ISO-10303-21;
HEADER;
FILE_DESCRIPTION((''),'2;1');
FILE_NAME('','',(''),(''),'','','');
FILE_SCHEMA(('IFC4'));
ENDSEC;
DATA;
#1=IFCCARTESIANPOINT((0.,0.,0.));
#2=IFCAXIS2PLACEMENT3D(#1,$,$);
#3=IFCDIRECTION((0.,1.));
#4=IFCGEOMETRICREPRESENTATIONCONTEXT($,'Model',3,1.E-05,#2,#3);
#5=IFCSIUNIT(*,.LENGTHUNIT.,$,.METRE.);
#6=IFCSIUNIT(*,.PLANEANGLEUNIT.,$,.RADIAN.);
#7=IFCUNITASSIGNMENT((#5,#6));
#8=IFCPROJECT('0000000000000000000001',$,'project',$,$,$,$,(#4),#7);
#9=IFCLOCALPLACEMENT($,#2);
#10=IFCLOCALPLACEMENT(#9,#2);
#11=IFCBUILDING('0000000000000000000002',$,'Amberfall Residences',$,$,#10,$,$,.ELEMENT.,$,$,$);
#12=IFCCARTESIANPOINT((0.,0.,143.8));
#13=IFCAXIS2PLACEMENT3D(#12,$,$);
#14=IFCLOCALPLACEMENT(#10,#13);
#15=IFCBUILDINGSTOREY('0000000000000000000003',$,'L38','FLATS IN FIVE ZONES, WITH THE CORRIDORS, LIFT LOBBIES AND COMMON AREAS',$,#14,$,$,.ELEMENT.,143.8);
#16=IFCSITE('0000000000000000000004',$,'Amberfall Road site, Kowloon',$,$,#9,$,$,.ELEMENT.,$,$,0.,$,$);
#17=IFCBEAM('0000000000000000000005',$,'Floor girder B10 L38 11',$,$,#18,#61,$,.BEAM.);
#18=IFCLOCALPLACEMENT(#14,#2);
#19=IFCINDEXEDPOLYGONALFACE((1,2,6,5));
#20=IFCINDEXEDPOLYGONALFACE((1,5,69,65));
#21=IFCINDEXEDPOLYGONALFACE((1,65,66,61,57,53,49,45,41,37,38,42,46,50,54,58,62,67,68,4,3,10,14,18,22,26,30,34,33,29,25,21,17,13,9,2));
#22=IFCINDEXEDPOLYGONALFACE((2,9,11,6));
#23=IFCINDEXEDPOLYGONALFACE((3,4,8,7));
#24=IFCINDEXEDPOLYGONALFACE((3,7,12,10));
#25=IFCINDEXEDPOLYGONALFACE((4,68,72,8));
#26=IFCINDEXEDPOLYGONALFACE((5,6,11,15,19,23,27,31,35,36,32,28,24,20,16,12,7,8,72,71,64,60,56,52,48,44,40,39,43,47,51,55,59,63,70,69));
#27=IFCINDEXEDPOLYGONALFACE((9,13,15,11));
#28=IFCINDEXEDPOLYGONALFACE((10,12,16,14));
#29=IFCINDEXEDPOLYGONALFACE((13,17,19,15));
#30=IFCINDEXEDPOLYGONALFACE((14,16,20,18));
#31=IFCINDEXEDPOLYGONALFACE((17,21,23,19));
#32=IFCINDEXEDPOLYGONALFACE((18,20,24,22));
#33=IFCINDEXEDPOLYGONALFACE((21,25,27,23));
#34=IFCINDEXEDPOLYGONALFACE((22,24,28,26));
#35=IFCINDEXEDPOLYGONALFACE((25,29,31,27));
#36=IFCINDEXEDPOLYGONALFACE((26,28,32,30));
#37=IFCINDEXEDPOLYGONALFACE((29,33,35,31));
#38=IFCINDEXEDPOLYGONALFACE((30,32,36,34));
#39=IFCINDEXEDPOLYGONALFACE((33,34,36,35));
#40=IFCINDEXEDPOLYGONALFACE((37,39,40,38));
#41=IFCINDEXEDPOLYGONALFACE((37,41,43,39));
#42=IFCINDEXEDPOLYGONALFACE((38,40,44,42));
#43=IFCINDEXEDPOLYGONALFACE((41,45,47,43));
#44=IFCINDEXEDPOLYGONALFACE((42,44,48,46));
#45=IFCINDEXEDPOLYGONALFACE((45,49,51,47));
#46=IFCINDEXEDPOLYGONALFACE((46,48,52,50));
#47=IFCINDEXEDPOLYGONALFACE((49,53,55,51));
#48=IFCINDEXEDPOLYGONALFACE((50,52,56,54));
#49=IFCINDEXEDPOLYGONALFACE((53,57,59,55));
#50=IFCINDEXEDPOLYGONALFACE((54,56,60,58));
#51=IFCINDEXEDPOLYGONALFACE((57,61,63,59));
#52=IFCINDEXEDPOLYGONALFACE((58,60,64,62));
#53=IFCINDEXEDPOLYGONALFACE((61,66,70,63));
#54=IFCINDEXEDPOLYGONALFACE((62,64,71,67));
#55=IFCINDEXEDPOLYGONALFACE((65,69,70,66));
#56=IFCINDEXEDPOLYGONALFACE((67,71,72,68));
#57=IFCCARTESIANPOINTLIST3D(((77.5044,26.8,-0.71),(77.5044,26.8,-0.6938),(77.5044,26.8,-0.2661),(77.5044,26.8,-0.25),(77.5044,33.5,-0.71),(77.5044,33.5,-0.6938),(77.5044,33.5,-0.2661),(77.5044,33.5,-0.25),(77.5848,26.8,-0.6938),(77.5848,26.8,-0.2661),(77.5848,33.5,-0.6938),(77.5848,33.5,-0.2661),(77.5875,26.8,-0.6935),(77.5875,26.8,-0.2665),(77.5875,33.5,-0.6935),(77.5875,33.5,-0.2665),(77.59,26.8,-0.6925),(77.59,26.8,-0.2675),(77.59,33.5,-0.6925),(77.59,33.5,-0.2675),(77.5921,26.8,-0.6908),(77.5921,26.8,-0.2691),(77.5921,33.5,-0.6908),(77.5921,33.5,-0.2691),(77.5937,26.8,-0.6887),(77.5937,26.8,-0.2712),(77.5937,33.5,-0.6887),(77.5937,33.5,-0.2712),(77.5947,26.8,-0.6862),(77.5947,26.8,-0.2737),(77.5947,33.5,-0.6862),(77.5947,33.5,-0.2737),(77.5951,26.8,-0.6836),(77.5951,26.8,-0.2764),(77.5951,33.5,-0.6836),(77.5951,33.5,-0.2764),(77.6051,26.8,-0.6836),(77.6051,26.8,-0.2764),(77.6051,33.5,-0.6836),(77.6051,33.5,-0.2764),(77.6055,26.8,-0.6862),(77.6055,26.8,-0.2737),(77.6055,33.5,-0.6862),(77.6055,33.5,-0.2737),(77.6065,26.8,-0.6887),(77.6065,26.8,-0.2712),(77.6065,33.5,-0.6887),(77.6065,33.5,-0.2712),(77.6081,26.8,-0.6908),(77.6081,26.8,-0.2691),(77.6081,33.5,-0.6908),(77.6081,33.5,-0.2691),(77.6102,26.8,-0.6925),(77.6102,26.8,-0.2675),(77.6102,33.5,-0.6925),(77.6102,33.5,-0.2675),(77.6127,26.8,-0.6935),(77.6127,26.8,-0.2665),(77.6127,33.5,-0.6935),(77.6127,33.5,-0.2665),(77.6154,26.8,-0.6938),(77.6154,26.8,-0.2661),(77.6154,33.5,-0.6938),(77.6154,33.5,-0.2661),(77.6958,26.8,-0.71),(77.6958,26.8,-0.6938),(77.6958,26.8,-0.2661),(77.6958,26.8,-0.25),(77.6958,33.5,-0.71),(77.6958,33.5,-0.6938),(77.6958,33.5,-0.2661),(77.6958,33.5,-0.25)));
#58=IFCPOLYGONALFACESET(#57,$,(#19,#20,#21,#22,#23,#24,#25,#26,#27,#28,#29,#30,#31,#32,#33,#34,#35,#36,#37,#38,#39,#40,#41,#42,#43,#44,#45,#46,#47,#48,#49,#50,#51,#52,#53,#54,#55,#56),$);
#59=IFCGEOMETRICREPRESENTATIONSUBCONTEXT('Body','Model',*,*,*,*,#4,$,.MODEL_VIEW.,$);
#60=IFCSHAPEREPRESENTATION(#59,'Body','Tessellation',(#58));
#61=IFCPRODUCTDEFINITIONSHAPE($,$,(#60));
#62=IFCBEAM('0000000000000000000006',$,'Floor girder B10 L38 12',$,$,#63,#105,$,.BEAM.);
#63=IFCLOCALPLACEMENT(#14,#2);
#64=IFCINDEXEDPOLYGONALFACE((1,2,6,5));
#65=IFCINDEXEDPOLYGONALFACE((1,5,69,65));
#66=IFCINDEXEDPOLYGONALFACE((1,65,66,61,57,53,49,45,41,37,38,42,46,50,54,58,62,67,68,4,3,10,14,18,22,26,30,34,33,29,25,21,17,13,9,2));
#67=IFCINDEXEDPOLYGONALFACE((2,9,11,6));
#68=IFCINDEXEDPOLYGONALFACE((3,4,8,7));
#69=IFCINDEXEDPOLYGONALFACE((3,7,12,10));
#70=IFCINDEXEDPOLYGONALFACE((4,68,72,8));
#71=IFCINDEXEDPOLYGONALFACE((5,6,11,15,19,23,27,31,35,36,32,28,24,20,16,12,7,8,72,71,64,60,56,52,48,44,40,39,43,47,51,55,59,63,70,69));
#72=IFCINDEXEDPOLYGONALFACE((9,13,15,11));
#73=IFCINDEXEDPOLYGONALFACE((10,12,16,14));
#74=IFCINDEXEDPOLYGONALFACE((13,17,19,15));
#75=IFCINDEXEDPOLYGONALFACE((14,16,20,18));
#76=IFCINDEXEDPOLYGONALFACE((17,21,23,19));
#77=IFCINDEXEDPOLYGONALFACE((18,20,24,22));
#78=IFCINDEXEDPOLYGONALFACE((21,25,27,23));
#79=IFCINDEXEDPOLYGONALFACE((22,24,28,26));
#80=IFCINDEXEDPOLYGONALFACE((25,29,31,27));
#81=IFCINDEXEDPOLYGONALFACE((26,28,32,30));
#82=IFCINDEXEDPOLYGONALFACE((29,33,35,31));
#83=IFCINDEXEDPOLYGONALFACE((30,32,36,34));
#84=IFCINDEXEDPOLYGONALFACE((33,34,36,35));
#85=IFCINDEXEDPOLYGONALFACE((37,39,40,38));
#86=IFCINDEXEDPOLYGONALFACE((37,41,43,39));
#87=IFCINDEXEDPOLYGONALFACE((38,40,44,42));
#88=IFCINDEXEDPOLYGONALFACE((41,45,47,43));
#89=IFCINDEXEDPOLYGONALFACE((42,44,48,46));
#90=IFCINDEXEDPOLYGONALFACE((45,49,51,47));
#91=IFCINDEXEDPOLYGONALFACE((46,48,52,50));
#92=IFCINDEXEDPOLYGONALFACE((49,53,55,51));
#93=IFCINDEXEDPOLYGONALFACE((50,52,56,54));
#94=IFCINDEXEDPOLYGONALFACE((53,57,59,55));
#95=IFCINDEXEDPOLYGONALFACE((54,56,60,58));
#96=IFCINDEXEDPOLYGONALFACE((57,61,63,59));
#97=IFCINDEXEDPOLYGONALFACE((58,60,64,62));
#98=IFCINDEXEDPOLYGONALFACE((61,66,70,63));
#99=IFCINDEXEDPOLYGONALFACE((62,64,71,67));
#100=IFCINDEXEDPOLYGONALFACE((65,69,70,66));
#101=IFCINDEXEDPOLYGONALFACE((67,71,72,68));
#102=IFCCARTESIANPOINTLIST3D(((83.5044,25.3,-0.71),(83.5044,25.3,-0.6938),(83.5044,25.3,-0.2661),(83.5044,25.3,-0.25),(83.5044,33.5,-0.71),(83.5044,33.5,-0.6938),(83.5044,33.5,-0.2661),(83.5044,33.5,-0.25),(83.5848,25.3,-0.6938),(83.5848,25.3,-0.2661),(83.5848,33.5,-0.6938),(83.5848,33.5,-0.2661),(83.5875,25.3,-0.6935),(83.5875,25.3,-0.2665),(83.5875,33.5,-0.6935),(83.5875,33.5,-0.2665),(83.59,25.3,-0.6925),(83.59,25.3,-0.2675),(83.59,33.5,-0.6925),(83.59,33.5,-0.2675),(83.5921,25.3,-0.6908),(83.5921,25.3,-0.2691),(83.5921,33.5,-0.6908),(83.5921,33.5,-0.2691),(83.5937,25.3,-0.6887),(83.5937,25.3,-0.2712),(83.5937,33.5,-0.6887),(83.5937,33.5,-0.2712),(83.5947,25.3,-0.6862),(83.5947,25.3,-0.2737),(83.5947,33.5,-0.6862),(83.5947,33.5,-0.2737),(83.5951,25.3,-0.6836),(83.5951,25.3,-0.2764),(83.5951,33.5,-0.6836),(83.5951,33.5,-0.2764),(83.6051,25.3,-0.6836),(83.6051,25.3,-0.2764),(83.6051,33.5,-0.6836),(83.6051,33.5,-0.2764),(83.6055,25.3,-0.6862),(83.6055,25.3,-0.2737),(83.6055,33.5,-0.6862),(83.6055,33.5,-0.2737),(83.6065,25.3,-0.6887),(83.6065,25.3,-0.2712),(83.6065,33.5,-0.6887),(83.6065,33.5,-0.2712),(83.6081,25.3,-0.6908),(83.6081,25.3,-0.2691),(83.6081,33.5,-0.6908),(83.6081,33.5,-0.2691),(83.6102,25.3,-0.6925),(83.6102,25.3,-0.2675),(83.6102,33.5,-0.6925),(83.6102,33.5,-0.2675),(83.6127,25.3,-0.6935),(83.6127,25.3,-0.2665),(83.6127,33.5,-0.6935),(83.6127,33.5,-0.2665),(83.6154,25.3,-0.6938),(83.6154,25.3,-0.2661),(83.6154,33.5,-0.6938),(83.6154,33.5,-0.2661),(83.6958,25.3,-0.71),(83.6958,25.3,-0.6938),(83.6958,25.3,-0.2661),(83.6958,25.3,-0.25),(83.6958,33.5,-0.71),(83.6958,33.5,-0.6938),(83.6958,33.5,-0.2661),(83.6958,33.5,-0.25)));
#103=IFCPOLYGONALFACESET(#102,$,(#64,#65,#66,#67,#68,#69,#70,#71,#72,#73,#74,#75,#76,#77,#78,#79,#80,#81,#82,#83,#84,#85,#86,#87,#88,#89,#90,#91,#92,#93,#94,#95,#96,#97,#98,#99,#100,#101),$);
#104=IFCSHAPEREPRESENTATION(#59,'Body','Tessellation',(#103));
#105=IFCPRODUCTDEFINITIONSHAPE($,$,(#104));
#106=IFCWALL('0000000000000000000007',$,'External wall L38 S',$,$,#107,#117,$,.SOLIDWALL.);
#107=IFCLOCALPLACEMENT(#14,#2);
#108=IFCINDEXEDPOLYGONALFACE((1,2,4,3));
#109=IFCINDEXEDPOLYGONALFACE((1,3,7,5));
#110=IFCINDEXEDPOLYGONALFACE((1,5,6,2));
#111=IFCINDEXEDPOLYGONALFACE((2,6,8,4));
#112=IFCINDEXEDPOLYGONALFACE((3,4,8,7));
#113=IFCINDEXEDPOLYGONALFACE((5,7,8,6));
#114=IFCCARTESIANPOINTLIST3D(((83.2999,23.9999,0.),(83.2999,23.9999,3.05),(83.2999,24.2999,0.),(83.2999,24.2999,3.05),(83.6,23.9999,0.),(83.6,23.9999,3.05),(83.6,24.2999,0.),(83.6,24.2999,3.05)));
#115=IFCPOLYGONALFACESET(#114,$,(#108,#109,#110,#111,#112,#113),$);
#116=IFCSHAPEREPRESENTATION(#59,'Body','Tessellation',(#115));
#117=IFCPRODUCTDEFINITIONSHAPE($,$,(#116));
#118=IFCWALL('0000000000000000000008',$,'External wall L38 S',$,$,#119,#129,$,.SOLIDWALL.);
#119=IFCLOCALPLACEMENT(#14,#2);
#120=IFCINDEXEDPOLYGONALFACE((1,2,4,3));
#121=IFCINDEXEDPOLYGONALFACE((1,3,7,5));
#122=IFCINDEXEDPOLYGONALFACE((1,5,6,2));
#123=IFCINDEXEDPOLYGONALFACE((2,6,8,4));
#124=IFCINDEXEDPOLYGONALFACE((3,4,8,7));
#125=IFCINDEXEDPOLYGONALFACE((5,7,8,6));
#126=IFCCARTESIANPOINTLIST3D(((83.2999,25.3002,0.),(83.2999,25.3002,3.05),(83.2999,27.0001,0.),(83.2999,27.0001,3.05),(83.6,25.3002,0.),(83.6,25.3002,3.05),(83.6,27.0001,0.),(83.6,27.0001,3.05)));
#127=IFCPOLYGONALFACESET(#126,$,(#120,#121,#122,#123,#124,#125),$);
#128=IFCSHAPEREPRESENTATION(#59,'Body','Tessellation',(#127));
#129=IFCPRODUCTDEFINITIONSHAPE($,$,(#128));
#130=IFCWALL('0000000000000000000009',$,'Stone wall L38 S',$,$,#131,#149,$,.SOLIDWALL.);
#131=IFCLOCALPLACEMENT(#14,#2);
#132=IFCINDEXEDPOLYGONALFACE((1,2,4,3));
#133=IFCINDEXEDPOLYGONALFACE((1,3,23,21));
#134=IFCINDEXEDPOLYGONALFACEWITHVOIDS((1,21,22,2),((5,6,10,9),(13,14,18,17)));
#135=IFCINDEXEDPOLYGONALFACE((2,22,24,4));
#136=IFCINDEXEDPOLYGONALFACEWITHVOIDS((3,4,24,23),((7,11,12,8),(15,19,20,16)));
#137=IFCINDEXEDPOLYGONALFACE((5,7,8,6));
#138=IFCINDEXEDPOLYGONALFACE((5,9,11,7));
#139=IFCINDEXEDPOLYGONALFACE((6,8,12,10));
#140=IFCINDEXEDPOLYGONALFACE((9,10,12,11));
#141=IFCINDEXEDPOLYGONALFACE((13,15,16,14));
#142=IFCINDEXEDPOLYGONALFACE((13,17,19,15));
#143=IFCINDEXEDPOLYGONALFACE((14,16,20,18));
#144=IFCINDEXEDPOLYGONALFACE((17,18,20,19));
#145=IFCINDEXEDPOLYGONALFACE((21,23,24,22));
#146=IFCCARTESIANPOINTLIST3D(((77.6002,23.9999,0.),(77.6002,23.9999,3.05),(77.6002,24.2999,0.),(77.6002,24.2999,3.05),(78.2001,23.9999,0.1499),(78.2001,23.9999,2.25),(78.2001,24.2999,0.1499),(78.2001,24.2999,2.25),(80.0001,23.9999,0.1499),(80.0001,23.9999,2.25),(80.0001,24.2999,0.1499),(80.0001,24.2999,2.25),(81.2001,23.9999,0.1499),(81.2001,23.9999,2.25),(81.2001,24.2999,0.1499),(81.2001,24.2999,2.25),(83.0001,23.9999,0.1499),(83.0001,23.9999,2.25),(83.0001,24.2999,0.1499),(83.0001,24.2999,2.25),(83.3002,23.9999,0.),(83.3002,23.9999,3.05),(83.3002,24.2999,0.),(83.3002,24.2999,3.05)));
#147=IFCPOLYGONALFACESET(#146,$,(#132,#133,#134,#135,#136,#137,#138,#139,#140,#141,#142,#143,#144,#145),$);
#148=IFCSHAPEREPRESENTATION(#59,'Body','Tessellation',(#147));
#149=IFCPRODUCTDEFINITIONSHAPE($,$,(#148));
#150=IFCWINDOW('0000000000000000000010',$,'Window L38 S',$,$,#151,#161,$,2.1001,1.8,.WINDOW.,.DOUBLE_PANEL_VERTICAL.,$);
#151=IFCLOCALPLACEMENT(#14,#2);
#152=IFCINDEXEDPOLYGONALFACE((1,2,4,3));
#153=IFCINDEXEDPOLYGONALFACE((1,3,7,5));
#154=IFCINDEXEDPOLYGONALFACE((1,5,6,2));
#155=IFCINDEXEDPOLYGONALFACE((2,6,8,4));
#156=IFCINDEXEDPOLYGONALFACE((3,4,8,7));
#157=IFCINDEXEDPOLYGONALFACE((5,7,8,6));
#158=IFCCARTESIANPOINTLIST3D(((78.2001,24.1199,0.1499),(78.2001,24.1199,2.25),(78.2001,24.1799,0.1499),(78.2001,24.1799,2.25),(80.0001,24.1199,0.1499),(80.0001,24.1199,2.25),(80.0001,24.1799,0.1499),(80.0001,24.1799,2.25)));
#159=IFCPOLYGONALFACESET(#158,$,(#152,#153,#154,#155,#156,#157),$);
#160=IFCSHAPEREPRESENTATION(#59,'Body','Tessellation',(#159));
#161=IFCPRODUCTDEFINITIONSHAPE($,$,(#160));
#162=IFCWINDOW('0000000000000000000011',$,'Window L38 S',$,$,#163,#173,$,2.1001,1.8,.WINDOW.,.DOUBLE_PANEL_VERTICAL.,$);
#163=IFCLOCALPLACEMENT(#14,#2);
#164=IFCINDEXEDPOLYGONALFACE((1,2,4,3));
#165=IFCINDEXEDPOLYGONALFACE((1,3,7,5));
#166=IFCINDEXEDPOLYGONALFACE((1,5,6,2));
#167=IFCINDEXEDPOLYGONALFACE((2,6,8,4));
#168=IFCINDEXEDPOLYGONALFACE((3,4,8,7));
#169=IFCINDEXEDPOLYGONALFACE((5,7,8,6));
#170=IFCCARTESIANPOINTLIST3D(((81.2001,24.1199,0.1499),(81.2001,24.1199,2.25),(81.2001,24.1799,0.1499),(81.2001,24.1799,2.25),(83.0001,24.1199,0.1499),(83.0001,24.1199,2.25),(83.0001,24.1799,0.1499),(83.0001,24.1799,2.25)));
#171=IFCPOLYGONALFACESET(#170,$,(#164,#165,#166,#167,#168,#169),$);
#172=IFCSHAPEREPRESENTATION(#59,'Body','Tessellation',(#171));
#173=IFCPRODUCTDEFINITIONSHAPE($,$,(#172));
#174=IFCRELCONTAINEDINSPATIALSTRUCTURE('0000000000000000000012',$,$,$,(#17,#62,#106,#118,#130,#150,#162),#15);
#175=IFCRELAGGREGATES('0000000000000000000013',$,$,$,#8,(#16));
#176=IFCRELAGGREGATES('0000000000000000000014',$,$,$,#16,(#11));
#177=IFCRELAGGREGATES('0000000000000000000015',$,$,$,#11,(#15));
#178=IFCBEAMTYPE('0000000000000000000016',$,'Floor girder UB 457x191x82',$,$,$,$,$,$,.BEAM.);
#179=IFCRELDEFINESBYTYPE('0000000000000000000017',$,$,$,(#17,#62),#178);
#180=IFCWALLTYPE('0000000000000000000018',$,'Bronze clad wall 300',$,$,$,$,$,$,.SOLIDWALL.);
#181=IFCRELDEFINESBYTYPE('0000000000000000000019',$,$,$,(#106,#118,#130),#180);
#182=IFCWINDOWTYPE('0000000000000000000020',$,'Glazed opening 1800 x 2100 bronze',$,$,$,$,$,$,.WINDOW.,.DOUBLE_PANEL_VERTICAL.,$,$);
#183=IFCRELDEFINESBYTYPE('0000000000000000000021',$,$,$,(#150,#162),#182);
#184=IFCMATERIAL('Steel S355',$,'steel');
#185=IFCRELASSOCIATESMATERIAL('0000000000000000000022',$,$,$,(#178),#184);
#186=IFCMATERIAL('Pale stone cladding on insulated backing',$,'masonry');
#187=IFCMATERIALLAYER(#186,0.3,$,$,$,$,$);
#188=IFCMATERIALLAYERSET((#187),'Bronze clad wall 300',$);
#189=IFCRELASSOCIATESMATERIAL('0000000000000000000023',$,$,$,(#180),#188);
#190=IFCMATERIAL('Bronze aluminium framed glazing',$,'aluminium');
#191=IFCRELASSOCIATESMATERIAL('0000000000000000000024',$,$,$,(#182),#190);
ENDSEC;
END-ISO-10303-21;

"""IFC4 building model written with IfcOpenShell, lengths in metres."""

from ifc_helpers import new_model, si_unit, direction, frame, frame_2d, origin, origin_2d, place, context, subcontext, project, spatial, rectangle, i_section, extrude, material, layer, layer_set, material_profile, profile_set, type_object, element, fill, save


model = new_model("IFC4")

# Units and contexts
model_context = context("Model", 3, precision=1e-05, world=origin(), true_north=direction((0.0, 1.0)))
body_context = subcontext(model_context, "Body", "Model", "MODEL_VIEW")
ifc_project = project(units=[si_unit("LENGTHUNIT", "METRE"), si_unit("PLANEANGLEUNIT", "RADIAN")], contexts=[model_context])

# Site, building, storey
site_placement = place(None, origin())
site = spatial("IfcSite", under=ifc_project, at=site_placement, Name="Amberfall Road site, Kowloon", CompositionType="ELEMENT", RefElevation=0.0)
building_placement = place(site_placement, origin())
building = spatial("IfcBuilding", under=site, at=building_placement, Name="Amberfall Residences", CompositionType="ELEMENT")
storey_placement = place(building_placement, frame((0.0, 0.0, 143.8)))
storey = spatial("IfcBuildingStorey", under=building, at=storey_placement, Name="L38", Description="FLATS IN FIVE ZONES, WITH THE CORRIDORS, LIFT LOBBIES AND COMMON AREAS", CompositionType="ELEMENT", Elevation=143.8)

# Beams
ifc_material_1 = material(Name="Steel S355", Category="steel")
ifc_material_profile_1 = material_profile(ifc_material_1, i_section(OverallWidth=0.1914, OverallDepth=0.46, WebThickness=0.01, FlangeThickness=0.0161, FilletRadius=0.0103, at=origin_2d()), Name="UB 457x191x82")
ifc_profile_set_1 = profile_set([ifc_material_profile_1], Name="Steel S355")
beam_type_1 = type_object("IfcBeamType", Name="Floor girder UB 457x191x82", PredefinedType="BEAM", material=ifc_profile_set_1)
beam_1_placement = place(storey_placement, frame((77.6001, 26.8, -0.48), z_axis=(0.0, 1.0, 0.0), x_axis=(-1.0, 0.0, 0.0)))
element("IfcBeam", 1, at=beam_1_placement, inside=storey, type_object=beam_type_1, Name="Floor girder B10 L38 11", PredefinedType="BEAM", context=body_context, shape_type="SweptSolid", body=[
    extrude(i_section(OverallWidth=0.1914, OverallDepth=0.46, WebThickness=0.01, FlangeThickness=0.0161, FilletRadius=0.0103, at=origin_2d()), origin(), (0.0, 0.0, 1.0), 6.7),
])
beam_2_placement = place(storey_placement, frame((83.6001, 25.3, -0.48), z_axis=(0.0, 1.0, 0.0), x_axis=(-1.0, 0.0, 0.0)))
element("IfcBeam", 2, at=beam_2_placement, inside=storey, type_object=beam_type_1, Name="Floor girder B10 L38 12", PredefinedType="BEAM", context=body_context, shape_type="SweptSolid", body=[
    extrude(i_section(OverallWidth=0.1914, OverallDepth=0.46, WebThickness=0.01, FlangeThickness=0.0161, FilletRadius=0.0103, at=origin_2d()), origin(), (0.0, 0.0, 1.0), 8.2),
])

# Walls
ifc_material_2 = material(Name="Pale stone cladding on insulated backing", Category="masonry")
ifc_layer_1 = layer(ifc_material_2, 0.3)
ifc_layer_set_1 = layer_set([ifc_layer_1], Name="Bronze clad wall 300")
wall_type_1 = type_object("IfcWallType", Name="Bronze clad wall 300", PredefinedType="SOLIDWALL", material=ifc_layer_set_1)
wall_1_placement = place(storey_placement, frame((83.45, 24.0, 0.0), z_axis=(0.0, 0.0, 1.0), x_axis=(0.0, 1.0, 0.0)))
element("IfcWall", 3, at=wall_1_placement, inside=storey, type_object=wall_type_1, Name="External wall L38 S", PredefinedType="SOLIDWALL", context=body_context, shape_type="SweptSolid", body=[
    extrude(rectangle(XDim=0.3, YDim=0.3, at=frame_2d((0.1499, 0.0))), origin(), (0.0, 0.0, 1.0), 3.05),
])
wall_2_placement = place(storey_placement, frame((83.45, 25.3, 0.0), z_axis=(0.0, 0.0, 1.0), x_axis=(0.0, 1.0, 0.0)))
element("IfcWall", 4, at=wall_2_placement, inside=storey, type_object=wall_type_1, Name="External wall L38 S", PredefinedType="SOLIDWALL", context=body_context, shape_type="SweptSolid", body=[
    extrude(rectangle(XDim=1.7, YDim=0.3, at=frame_2d((0.8501, 0.0))), origin(), (0.0, 0.0, 1.0), 3.05),
])

# Wall, openings, windows
wall_3_placement = place(storey_placement, frame((77.6001, 24.1499, 0.0), z_axis=(0.0, 0.0, 1.0), x_axis=(1.0, 0.0, 0.0)))
wall_3 = element("IfcWall", 5, at=wall_3_placement, inside=storey, type_object=wall_type_1, Name="Stone wall L38 S", PredefinedType="SOLIDWALL", context=body_context, shape_type="SweptSolid", body=[
    extrude(rectangle(XDim=5.7, YDim=0.3, at=frame_2d((2.8501, 0.0))), origin(), (0.0, 0.0, 1.0), 3.05),
])
opening_1_placement = place(wall_3_placement, frame((0.6001, 0.0, 0.1499)))
opening_1 = element("IfcOpeningElement", 6, at=opening_1_placement, cuts=wall_3, PredefinedType="OPENING", context=body_context, shape_type="SweptSolid", body=[
    extrude(rectangle(XDim=1.8, YDim=2.1001, at=frame_2d((0.8999, 1.05))), frame((0.0, 0.1599, 0.0), z_axis=(0.0, -1.0, 0.0), x_axis=(1.0, 0.0, 0.0)), (0.0, 0.0, 1.0), 0.3201),
])
opening_2_placement = place(wall_3_placement, frame((3.6001, 0.0, 0.1499)))
opening_2 = element("IfcOpeningElement", 7, at=opening_2_placement, cuts=wall_3, PredefinedType="OPENING", context=body_context, shape_type="SweptSolid", body=[
    extrude(rectangle(XDim=1.8, YDim=2.1001, at=frame_2d((0.8999, 1.05))), frame((0.0, 0.1599, 0.0), z_axis=(0.0, -1.0, 0.0), x_axis=(1.0, 0.0, 0.0)), (0.0, 0.0, 1.0), 0.3201),
])
ifc_material_3 = material(Name="Bronze aluminium framed glazing", Category="aluminium")
window_type = type_object("IfcWindowType", Name="Glazed opening 1800 x 2100 bronze", PartitioningType="DOUBLE_PANEL_VERTICAL", PredefinedType="WINDOW", material=ifc_material_3)
window_1_placement = place(opening_1_placement, origin())
window_1 = element("IfcWindow", 8, at=window_1_placement, inside=storey, type_object=window_type, Name="Window L38 S", OverallHeight=2.1001, OverallWidth=1.8, PartitioningType="DOUBLE_PANEL_VERTICAL", PredefinedType="WINDOW", context=body_context, shape_type="SweptSolid", body=[
    extrude(rectangle(XDim=1.8, YDim=2.1001, at=frame_2d((0.8999, 1.05))), frame((0.0, 0.03, 0.0), z_axis=(0.0, -1.0, 0.0), x_axis=(1.0, 0.0, 0.0)), (0.0, 0.0, 1.0), 0.0601),
])
fill(opening_1, window_1)
window_2_placement = place(opening_2_placement, origin())
window_2 = element("IfcWindow", 9, at=window_2_placement, inside=storey, type_object=window_type, Name="Window L38 S", OverallHeight=2.1001, OverallWidth=1.8, PartitioningType="DOUBLE_PANEL_VERTICAL", PredefinedType="WINDOW", context=body_context, shape_type="SweptSolid", body=[
    extrude(rectangle(XDim=1.8, YDim=2.1001, at=frame_2d((0.8999, 1.05))), frame((0.0, 0.03, 0.0), z_axis=(0.0, -1.0, 0.0), x_axis=(1.0, 0.0, 0.0)), (0.0, 0.0, 1.0), 0.0601),
])
fill(opening_2, window_2)

save(model, "model.ifc")
